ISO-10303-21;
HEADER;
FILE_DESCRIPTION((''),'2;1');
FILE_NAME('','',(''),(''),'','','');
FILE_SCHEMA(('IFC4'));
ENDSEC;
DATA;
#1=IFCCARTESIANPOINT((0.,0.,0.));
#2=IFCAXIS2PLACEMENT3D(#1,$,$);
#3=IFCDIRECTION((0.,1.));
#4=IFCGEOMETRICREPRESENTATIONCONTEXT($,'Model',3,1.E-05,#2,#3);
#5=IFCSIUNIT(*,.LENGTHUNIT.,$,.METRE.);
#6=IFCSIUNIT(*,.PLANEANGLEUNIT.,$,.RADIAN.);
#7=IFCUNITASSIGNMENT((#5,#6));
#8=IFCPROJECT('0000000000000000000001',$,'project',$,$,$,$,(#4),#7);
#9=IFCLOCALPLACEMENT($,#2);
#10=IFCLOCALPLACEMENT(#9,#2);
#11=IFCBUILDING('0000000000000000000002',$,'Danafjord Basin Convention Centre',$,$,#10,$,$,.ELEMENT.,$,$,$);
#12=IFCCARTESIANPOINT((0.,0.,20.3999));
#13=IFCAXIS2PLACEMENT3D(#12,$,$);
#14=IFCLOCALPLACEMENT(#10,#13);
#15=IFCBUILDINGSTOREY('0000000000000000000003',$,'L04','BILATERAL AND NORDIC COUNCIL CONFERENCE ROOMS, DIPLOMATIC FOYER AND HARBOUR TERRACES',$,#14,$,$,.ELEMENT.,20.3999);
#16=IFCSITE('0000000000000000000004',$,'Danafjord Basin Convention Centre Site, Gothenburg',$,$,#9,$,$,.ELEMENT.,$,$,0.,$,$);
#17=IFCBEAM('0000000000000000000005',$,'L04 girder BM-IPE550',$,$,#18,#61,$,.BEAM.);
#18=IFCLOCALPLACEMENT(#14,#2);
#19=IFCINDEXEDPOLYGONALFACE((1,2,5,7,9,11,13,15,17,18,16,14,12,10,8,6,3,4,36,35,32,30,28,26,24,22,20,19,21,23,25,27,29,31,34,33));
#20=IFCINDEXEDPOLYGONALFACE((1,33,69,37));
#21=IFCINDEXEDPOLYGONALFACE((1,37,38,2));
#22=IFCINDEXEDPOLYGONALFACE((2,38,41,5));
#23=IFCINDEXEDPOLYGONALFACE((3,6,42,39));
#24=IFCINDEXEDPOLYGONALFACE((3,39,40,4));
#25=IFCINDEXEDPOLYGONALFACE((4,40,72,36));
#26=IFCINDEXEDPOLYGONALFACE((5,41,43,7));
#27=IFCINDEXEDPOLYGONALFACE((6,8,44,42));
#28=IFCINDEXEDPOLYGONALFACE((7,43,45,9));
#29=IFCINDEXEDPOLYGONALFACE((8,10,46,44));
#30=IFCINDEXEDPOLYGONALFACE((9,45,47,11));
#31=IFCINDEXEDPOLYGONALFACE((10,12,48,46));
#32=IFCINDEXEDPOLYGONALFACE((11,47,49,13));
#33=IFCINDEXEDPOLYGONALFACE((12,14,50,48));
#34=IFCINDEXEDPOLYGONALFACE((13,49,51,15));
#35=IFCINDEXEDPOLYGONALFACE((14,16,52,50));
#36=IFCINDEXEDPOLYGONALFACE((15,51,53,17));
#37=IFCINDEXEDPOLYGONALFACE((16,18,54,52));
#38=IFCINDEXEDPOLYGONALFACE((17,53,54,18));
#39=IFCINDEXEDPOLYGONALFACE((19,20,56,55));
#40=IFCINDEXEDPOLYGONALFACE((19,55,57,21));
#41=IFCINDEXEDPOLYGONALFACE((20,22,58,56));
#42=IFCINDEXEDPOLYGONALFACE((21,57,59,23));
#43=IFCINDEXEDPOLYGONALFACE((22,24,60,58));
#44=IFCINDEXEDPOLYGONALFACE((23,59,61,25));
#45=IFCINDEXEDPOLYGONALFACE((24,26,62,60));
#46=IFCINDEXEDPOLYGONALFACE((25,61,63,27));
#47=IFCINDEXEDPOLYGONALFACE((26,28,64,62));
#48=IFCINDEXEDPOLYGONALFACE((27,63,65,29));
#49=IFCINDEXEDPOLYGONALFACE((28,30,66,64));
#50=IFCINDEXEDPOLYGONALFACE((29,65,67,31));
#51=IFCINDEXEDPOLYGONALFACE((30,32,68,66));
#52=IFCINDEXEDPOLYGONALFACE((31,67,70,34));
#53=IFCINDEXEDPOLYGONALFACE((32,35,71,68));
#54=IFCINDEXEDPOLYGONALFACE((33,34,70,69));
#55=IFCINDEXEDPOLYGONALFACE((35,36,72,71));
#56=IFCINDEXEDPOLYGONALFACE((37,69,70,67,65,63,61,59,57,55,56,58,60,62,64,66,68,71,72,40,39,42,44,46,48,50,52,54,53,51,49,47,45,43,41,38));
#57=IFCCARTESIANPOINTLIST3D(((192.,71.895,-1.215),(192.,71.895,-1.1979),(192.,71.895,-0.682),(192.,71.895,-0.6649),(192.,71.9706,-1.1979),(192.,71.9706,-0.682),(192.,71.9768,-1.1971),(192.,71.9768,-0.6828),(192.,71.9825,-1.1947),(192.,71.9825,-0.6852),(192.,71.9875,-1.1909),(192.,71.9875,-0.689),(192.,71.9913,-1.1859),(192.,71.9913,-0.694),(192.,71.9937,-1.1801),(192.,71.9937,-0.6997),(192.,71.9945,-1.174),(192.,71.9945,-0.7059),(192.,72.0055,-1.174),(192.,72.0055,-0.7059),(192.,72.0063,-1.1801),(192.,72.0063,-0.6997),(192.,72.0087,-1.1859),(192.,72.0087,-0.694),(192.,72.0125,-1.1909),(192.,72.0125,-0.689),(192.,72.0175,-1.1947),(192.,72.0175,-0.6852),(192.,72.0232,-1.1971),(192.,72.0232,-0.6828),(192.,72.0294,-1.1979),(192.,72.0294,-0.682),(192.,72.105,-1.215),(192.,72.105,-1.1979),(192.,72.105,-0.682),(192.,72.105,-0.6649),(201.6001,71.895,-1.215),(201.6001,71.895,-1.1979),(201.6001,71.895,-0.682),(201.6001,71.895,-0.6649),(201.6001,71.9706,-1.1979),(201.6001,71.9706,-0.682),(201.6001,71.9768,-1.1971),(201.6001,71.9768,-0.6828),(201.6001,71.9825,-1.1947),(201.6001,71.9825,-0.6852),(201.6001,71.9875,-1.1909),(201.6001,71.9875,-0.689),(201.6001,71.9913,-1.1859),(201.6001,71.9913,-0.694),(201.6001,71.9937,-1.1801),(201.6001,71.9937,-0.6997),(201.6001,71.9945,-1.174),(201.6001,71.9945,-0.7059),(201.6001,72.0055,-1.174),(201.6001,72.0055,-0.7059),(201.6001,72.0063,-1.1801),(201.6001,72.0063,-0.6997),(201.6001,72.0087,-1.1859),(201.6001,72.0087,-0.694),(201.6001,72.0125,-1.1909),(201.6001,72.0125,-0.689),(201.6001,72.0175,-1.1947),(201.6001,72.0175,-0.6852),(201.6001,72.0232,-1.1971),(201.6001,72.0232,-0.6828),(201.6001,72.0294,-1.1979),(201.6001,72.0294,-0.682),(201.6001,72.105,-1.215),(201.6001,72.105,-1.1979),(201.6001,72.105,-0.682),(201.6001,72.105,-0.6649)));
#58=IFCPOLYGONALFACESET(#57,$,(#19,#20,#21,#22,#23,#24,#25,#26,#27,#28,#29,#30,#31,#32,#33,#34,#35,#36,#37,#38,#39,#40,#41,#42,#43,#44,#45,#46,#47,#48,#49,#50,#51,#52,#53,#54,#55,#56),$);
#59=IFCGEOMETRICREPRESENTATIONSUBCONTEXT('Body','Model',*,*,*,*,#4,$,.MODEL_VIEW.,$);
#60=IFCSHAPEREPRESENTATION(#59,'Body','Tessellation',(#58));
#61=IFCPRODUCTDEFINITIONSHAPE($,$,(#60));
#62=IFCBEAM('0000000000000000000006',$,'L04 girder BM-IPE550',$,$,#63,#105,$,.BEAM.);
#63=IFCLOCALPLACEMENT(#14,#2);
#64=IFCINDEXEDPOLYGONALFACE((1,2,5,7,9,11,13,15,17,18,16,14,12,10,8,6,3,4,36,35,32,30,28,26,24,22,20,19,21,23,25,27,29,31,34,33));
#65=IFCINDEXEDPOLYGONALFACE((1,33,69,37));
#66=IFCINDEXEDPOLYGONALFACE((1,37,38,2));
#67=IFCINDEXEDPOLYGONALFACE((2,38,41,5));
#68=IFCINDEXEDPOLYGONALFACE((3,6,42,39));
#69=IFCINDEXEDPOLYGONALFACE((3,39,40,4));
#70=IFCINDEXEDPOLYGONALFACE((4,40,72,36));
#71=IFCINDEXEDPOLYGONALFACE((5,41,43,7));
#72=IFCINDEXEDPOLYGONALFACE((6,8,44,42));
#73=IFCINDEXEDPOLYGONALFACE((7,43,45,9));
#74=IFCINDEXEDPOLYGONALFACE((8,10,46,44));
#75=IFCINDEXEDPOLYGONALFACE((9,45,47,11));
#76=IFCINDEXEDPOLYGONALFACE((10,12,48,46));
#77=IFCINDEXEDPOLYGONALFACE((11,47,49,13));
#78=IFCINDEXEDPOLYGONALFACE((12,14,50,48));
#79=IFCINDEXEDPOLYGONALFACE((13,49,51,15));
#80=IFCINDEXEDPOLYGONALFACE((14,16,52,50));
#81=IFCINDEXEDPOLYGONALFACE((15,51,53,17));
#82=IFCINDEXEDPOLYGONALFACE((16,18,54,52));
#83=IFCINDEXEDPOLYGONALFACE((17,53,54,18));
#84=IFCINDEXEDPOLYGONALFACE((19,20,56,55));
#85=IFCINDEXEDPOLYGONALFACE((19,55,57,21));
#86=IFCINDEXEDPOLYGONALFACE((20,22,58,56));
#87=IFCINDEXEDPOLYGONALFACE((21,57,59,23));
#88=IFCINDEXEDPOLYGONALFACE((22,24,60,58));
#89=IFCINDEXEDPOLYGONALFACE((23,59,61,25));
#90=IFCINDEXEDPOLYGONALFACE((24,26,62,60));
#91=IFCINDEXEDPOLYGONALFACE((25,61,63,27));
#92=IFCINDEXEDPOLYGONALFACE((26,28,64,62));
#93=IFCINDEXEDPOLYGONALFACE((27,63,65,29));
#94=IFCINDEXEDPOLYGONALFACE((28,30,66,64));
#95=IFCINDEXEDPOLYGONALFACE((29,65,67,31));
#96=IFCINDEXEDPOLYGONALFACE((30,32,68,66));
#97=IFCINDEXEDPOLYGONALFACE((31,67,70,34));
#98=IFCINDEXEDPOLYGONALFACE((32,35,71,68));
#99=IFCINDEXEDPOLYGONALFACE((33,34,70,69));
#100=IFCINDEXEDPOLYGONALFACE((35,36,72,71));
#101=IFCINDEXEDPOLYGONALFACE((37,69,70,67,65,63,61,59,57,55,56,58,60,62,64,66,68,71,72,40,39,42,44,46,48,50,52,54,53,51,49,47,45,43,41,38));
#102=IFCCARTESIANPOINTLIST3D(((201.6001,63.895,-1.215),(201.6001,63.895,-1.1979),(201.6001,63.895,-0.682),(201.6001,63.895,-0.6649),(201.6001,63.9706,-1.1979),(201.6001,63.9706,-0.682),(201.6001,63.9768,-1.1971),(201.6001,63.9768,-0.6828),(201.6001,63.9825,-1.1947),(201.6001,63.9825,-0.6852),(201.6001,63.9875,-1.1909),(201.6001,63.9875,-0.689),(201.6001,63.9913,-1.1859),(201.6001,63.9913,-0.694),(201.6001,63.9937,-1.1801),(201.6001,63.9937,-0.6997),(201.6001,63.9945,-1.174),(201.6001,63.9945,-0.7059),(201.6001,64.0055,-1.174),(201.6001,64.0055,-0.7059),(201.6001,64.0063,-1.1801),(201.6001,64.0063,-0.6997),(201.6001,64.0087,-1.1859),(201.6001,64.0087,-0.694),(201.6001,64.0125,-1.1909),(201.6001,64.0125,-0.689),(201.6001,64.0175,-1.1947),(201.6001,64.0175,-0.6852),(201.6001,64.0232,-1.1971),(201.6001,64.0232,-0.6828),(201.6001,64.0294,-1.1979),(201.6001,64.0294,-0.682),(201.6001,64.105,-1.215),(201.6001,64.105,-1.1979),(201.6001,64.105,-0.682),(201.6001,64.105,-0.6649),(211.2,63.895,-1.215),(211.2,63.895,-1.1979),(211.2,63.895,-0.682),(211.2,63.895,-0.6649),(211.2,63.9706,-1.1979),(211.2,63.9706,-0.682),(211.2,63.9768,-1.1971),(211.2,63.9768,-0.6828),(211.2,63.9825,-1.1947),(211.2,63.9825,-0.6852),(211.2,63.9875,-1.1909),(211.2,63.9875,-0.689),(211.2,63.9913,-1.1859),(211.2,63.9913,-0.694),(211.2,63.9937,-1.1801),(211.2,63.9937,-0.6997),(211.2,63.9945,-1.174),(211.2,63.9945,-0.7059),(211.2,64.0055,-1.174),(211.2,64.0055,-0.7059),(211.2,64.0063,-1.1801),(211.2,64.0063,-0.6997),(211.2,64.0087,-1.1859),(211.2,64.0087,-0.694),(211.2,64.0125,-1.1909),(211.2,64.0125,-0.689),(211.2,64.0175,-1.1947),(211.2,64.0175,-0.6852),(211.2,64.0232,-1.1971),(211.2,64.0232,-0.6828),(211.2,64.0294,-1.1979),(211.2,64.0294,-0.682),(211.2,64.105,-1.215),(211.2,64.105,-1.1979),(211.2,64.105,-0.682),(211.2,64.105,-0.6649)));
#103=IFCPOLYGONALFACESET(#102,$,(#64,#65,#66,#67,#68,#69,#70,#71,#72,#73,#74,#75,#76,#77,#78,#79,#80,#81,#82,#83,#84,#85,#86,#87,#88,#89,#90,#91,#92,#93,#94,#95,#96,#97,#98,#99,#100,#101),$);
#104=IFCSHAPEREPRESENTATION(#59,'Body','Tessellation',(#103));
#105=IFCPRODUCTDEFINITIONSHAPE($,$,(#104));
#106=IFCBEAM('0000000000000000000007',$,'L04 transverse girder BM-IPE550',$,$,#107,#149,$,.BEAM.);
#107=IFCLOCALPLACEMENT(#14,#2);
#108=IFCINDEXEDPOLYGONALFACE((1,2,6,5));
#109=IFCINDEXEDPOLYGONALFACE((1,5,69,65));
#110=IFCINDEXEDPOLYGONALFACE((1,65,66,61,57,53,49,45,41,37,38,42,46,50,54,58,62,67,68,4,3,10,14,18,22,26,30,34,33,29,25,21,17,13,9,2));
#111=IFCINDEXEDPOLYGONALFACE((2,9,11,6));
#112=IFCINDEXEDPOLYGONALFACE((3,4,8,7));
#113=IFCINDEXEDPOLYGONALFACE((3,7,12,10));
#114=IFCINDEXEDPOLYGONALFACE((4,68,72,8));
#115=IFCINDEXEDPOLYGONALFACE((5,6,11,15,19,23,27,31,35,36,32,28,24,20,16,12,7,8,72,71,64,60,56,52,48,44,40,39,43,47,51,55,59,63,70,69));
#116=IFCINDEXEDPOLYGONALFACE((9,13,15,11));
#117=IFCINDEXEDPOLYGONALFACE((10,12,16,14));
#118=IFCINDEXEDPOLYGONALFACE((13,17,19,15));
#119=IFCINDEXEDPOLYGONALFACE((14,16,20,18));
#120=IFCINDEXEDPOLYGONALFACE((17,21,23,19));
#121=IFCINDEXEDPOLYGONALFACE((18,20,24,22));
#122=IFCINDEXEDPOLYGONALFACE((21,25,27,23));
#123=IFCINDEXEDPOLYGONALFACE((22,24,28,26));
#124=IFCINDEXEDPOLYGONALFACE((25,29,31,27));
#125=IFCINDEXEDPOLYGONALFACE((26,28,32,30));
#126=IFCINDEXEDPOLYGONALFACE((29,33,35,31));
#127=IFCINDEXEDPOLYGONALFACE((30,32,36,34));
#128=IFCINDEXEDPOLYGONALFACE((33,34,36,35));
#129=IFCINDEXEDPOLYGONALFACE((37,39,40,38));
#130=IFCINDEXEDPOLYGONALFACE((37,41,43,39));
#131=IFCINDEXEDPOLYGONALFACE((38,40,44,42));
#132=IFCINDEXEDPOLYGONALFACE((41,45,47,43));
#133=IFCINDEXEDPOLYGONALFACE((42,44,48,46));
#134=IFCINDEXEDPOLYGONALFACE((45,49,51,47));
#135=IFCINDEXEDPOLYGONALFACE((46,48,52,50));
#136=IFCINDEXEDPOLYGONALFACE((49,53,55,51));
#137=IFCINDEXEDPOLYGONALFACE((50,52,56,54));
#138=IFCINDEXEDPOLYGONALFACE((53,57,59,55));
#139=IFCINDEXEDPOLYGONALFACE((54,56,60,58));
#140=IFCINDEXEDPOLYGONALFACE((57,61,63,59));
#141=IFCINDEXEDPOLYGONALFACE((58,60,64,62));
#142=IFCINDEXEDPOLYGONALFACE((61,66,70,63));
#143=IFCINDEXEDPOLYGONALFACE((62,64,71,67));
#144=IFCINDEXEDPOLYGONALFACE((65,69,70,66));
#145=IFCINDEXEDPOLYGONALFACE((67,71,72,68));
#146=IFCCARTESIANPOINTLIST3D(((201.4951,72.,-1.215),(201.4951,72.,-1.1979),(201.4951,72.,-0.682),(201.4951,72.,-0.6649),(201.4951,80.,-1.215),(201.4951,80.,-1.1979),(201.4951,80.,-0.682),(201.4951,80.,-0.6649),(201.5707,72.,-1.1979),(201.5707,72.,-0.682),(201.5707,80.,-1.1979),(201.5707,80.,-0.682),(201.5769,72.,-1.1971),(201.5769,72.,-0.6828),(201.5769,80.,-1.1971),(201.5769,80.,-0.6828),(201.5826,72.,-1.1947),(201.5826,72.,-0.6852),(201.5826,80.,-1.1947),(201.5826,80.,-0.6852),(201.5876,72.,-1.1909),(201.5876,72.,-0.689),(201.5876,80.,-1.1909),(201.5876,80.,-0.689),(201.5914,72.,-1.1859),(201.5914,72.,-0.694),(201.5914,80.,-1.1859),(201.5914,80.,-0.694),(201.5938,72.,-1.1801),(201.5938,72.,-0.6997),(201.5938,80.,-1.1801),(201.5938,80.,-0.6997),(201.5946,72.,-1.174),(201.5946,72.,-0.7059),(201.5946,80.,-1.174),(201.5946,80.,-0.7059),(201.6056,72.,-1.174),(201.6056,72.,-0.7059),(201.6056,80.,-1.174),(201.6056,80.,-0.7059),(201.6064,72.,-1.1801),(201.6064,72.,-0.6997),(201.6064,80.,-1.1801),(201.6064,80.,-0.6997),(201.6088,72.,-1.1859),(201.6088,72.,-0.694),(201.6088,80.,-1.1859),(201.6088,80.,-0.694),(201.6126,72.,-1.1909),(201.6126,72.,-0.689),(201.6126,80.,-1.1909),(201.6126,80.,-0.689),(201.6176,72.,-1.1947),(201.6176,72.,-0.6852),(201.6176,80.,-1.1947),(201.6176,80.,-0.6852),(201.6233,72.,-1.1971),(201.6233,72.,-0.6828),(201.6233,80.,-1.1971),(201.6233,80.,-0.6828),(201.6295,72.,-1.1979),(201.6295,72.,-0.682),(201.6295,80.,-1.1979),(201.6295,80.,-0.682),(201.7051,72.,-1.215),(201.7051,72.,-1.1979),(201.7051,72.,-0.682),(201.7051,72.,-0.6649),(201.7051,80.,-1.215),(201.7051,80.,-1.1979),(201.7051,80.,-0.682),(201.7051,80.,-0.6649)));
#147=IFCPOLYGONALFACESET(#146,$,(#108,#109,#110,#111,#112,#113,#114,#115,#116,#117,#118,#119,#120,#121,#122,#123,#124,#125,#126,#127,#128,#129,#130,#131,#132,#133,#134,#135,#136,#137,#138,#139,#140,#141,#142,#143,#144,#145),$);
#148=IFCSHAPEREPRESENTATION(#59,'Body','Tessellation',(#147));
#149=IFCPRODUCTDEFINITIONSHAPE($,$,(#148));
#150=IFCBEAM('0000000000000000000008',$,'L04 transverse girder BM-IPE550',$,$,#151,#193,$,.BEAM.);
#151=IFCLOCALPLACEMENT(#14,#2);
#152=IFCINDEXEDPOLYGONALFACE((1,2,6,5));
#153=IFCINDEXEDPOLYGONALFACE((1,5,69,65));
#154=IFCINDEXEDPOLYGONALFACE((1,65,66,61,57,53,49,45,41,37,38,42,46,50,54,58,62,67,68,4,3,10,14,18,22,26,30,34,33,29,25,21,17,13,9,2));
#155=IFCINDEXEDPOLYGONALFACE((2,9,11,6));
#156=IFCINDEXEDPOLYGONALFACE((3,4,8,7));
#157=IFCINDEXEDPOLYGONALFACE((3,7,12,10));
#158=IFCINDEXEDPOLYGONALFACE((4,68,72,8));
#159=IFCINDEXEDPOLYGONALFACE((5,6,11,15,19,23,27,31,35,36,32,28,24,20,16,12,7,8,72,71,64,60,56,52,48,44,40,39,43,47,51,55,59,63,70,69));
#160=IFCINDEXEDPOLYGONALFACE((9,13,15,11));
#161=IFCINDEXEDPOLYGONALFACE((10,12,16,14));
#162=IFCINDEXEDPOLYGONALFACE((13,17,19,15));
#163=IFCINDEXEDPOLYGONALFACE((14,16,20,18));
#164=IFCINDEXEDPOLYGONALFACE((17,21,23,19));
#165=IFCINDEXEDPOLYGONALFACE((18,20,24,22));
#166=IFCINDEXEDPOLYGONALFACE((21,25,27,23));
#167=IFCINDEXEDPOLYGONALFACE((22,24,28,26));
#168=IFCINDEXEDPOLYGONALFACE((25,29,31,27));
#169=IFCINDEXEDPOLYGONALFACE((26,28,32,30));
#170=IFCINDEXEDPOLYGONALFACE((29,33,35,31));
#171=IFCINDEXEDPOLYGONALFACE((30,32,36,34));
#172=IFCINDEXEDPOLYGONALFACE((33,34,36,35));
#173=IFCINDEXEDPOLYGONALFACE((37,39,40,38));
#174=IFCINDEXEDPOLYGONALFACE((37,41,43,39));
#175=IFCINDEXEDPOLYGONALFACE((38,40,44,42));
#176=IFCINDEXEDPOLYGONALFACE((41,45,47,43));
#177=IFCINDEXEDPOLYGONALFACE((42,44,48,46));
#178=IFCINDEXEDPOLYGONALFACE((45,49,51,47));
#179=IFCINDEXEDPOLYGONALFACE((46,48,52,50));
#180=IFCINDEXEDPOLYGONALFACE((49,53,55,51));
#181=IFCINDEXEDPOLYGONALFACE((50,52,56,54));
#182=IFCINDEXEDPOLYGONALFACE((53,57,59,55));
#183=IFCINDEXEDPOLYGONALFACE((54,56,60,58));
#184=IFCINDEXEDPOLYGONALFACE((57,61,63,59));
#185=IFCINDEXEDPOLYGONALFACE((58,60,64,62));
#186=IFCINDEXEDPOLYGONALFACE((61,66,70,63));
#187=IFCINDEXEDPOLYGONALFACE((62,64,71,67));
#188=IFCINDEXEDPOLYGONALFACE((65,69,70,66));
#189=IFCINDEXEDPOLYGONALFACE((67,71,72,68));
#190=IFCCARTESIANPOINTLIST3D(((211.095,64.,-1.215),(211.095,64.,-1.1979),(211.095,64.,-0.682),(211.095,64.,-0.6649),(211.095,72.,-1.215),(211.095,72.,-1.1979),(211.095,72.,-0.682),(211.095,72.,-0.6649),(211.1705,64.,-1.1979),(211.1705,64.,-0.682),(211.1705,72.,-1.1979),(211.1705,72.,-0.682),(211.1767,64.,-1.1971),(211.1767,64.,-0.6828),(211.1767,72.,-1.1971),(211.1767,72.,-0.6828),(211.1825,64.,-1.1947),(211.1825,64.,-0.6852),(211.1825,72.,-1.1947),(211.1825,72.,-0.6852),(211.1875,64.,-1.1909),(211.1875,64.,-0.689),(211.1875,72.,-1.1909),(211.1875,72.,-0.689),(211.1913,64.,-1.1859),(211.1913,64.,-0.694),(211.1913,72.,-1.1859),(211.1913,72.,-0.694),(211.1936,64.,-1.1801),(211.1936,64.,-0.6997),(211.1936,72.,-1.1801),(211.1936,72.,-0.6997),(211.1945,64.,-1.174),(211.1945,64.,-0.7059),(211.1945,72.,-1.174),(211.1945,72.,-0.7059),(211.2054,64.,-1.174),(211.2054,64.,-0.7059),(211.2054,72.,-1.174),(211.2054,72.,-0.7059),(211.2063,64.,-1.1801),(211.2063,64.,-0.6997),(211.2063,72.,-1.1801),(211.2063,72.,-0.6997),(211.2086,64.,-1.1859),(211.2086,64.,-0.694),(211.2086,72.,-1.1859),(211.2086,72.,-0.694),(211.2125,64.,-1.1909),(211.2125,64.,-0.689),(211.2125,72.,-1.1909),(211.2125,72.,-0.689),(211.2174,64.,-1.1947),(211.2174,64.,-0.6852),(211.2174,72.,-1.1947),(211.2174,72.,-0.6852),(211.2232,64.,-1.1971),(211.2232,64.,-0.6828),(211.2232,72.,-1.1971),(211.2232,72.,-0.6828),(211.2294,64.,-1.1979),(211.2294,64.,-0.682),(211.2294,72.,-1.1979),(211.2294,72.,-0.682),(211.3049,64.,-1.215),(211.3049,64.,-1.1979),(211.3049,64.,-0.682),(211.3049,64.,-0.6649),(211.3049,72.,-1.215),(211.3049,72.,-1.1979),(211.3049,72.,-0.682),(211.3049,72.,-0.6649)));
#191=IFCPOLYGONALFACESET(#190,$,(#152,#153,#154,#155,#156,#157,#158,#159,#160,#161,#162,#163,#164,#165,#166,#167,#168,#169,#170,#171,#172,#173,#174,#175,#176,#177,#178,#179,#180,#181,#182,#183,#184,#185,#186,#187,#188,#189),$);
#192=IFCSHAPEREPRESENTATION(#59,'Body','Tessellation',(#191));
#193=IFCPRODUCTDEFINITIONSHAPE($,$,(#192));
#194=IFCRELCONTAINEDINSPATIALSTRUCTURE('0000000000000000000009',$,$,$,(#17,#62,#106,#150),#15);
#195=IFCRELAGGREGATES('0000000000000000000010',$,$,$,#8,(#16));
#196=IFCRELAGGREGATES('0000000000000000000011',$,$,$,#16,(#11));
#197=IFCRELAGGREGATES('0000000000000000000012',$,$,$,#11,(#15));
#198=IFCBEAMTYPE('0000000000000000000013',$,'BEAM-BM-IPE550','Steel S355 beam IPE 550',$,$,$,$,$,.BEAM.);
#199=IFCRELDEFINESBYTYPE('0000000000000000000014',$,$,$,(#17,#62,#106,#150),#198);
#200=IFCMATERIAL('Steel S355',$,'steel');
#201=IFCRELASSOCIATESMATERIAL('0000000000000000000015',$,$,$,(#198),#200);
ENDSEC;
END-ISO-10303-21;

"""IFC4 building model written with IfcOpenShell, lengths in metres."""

from ifc_helpers import new_model, si_unit, direction, frame, origin, origin_2d, place, context, subcontext, project, spatial, i_section, extrude, material, material_profile, profile_set, type_object, element, save


model = new_model("IFC4")

# Units and contexts
model_context = context("Model", 3, precision=1e-05, world=origin(), true_north=direction((0.0, 1.0)))
body_context = subcontext(model_context, "Body", "Model", "MODEL_VIEW")
ifc_project = project(units=[si_unit("LENGTHUNIT", "METRE"), si_unit("PLANEANGLEUNIT", "RADIAN")], contexts=[model_context])

# Site, building, storey
site_placement = place(None, origin())
site = spatial("IfcSite", under=ifc_project, at=site_placement, Name="Danafjord Basin Convention Centre Site, Gothenburg", CompositionType="ELEMENT", RefElevation=0.0)
building_placement = place(site_placement, origin())
building = spatial("IfcBuilding", under=site, at=building_placement, Name="Danafjord Basin Convention Centre", CompositionType="ELEMENT")
storey_placement = place(building_placement, frame((0.0, 0.0, 20.3999)))
storey = spatial("IfcBuildingStorey", under=building, at=storey_placement, Name="L04", Description="BILATERAL AND NORDIC COUNCIL CONFERENCE ROOMS, DIPLOMATIC FOYER AND HARBOUR TERRACES", CompositionType="ELEMENT", Elevation=20.3999)

# Beams
ifc_material_1 = material(Name="Steel S355", Category="steel")
ifc_material_profile_1 = material_profile(ifc_material_1, i_section(OverallWidth=0.21, OverallDepth=0.55, WebThickness=0.011, FlangeThickness=0.0171, FilletRadius=0.0239, at=origin_2d()), Name="IPE 550")
ifc_profile_set_1 = profile_set([ifc_material_profile_1], Name="Steel S355")
beam_type_1 = type_object("IfcBeamType", Name="BEAM-BM-IPE550", Description="Steel S355 beam IPE 550", PredefinedType="BEAM", material=ifc_profile_set_1)
beam_1_placement = place(storey_placement, frame((192.0, 72.0, -0.9399), z_axis=(1.0, 0.0, 0.0), x_axis=(0.0, 1.0, 0.0)))
element("IfcBeam", 1, at=beam_1_placement, inside=storey, type_object=beam_type_1, Name="L04 girder BM-IPE550", PredefinedType="BEAM", context=body_context, shape_type="SweptSolid", body=[
    extrude(i_section(OverallWidth=0.21, OverallDepth=0.55, WebThickness=0.011, FlangeThickness=0.0171, FilletRadius=0.0239, at=origin_2d()), origin(), (0.0, 0.0, 1.0), 9.6001),
])
beam_2_placement = place(storey_placement, frame((201.6001, 64.0, -0.9399), z_axis=(1.0, 0.0, 0.0), x_axis=(0.0, 1.0, 0.0)))
element("IfcBeam", 2, at=beam_2_placement, inside=storey, type_object=beam_type_1, Name="L04 girder BM-IPE550", PredefinedType="BEAM", context=body_context, shape_type="SweptSolid", body=[
    extrude(i_section(OverallWidth=0.21, OverallDepth=0.55, WebThickness=0.011, FlangeThickness=0.0171, FilletRadius=0.0239, at=origin_2d()), origin(), (0.0, 0.0, 1.0), 9.5999),
])
for number, where, z_axis, x_axis, name in (
    (3, (201.6001, 72.0, -0.9399), (0.0, 1.0, 0.0), (-1.0, 0.0, 0.0), "L04 transverse girder BM-IPE550"),
    (4, (211.2, 64.0, -0.9399), (0.0, 1.0, 0.0), (-1.0, 0.0, 0.0), "L04 transverse girder BM-IPE550"),
):
    element("IfcBeam", number, at=place(storey_placement, frame(where, z_axis=z_axis, x_axis=x_axis)), inside=storey, type_object=beam_type_1, Name=name, PredefinedType="BEAM", context=body_context, shape_type="SweptSolid", body=[
        extrude(i_section(OverallWidth=0.21, OverallDepth=0.55, WebThickness=0.011, FlangeThickness=0.0171, FilletRadius=0.0239, at=origin_2d()), origin(), (0.0, 0.0, 1.0), 8.0),
    ])

save(model, "model.ifc")
